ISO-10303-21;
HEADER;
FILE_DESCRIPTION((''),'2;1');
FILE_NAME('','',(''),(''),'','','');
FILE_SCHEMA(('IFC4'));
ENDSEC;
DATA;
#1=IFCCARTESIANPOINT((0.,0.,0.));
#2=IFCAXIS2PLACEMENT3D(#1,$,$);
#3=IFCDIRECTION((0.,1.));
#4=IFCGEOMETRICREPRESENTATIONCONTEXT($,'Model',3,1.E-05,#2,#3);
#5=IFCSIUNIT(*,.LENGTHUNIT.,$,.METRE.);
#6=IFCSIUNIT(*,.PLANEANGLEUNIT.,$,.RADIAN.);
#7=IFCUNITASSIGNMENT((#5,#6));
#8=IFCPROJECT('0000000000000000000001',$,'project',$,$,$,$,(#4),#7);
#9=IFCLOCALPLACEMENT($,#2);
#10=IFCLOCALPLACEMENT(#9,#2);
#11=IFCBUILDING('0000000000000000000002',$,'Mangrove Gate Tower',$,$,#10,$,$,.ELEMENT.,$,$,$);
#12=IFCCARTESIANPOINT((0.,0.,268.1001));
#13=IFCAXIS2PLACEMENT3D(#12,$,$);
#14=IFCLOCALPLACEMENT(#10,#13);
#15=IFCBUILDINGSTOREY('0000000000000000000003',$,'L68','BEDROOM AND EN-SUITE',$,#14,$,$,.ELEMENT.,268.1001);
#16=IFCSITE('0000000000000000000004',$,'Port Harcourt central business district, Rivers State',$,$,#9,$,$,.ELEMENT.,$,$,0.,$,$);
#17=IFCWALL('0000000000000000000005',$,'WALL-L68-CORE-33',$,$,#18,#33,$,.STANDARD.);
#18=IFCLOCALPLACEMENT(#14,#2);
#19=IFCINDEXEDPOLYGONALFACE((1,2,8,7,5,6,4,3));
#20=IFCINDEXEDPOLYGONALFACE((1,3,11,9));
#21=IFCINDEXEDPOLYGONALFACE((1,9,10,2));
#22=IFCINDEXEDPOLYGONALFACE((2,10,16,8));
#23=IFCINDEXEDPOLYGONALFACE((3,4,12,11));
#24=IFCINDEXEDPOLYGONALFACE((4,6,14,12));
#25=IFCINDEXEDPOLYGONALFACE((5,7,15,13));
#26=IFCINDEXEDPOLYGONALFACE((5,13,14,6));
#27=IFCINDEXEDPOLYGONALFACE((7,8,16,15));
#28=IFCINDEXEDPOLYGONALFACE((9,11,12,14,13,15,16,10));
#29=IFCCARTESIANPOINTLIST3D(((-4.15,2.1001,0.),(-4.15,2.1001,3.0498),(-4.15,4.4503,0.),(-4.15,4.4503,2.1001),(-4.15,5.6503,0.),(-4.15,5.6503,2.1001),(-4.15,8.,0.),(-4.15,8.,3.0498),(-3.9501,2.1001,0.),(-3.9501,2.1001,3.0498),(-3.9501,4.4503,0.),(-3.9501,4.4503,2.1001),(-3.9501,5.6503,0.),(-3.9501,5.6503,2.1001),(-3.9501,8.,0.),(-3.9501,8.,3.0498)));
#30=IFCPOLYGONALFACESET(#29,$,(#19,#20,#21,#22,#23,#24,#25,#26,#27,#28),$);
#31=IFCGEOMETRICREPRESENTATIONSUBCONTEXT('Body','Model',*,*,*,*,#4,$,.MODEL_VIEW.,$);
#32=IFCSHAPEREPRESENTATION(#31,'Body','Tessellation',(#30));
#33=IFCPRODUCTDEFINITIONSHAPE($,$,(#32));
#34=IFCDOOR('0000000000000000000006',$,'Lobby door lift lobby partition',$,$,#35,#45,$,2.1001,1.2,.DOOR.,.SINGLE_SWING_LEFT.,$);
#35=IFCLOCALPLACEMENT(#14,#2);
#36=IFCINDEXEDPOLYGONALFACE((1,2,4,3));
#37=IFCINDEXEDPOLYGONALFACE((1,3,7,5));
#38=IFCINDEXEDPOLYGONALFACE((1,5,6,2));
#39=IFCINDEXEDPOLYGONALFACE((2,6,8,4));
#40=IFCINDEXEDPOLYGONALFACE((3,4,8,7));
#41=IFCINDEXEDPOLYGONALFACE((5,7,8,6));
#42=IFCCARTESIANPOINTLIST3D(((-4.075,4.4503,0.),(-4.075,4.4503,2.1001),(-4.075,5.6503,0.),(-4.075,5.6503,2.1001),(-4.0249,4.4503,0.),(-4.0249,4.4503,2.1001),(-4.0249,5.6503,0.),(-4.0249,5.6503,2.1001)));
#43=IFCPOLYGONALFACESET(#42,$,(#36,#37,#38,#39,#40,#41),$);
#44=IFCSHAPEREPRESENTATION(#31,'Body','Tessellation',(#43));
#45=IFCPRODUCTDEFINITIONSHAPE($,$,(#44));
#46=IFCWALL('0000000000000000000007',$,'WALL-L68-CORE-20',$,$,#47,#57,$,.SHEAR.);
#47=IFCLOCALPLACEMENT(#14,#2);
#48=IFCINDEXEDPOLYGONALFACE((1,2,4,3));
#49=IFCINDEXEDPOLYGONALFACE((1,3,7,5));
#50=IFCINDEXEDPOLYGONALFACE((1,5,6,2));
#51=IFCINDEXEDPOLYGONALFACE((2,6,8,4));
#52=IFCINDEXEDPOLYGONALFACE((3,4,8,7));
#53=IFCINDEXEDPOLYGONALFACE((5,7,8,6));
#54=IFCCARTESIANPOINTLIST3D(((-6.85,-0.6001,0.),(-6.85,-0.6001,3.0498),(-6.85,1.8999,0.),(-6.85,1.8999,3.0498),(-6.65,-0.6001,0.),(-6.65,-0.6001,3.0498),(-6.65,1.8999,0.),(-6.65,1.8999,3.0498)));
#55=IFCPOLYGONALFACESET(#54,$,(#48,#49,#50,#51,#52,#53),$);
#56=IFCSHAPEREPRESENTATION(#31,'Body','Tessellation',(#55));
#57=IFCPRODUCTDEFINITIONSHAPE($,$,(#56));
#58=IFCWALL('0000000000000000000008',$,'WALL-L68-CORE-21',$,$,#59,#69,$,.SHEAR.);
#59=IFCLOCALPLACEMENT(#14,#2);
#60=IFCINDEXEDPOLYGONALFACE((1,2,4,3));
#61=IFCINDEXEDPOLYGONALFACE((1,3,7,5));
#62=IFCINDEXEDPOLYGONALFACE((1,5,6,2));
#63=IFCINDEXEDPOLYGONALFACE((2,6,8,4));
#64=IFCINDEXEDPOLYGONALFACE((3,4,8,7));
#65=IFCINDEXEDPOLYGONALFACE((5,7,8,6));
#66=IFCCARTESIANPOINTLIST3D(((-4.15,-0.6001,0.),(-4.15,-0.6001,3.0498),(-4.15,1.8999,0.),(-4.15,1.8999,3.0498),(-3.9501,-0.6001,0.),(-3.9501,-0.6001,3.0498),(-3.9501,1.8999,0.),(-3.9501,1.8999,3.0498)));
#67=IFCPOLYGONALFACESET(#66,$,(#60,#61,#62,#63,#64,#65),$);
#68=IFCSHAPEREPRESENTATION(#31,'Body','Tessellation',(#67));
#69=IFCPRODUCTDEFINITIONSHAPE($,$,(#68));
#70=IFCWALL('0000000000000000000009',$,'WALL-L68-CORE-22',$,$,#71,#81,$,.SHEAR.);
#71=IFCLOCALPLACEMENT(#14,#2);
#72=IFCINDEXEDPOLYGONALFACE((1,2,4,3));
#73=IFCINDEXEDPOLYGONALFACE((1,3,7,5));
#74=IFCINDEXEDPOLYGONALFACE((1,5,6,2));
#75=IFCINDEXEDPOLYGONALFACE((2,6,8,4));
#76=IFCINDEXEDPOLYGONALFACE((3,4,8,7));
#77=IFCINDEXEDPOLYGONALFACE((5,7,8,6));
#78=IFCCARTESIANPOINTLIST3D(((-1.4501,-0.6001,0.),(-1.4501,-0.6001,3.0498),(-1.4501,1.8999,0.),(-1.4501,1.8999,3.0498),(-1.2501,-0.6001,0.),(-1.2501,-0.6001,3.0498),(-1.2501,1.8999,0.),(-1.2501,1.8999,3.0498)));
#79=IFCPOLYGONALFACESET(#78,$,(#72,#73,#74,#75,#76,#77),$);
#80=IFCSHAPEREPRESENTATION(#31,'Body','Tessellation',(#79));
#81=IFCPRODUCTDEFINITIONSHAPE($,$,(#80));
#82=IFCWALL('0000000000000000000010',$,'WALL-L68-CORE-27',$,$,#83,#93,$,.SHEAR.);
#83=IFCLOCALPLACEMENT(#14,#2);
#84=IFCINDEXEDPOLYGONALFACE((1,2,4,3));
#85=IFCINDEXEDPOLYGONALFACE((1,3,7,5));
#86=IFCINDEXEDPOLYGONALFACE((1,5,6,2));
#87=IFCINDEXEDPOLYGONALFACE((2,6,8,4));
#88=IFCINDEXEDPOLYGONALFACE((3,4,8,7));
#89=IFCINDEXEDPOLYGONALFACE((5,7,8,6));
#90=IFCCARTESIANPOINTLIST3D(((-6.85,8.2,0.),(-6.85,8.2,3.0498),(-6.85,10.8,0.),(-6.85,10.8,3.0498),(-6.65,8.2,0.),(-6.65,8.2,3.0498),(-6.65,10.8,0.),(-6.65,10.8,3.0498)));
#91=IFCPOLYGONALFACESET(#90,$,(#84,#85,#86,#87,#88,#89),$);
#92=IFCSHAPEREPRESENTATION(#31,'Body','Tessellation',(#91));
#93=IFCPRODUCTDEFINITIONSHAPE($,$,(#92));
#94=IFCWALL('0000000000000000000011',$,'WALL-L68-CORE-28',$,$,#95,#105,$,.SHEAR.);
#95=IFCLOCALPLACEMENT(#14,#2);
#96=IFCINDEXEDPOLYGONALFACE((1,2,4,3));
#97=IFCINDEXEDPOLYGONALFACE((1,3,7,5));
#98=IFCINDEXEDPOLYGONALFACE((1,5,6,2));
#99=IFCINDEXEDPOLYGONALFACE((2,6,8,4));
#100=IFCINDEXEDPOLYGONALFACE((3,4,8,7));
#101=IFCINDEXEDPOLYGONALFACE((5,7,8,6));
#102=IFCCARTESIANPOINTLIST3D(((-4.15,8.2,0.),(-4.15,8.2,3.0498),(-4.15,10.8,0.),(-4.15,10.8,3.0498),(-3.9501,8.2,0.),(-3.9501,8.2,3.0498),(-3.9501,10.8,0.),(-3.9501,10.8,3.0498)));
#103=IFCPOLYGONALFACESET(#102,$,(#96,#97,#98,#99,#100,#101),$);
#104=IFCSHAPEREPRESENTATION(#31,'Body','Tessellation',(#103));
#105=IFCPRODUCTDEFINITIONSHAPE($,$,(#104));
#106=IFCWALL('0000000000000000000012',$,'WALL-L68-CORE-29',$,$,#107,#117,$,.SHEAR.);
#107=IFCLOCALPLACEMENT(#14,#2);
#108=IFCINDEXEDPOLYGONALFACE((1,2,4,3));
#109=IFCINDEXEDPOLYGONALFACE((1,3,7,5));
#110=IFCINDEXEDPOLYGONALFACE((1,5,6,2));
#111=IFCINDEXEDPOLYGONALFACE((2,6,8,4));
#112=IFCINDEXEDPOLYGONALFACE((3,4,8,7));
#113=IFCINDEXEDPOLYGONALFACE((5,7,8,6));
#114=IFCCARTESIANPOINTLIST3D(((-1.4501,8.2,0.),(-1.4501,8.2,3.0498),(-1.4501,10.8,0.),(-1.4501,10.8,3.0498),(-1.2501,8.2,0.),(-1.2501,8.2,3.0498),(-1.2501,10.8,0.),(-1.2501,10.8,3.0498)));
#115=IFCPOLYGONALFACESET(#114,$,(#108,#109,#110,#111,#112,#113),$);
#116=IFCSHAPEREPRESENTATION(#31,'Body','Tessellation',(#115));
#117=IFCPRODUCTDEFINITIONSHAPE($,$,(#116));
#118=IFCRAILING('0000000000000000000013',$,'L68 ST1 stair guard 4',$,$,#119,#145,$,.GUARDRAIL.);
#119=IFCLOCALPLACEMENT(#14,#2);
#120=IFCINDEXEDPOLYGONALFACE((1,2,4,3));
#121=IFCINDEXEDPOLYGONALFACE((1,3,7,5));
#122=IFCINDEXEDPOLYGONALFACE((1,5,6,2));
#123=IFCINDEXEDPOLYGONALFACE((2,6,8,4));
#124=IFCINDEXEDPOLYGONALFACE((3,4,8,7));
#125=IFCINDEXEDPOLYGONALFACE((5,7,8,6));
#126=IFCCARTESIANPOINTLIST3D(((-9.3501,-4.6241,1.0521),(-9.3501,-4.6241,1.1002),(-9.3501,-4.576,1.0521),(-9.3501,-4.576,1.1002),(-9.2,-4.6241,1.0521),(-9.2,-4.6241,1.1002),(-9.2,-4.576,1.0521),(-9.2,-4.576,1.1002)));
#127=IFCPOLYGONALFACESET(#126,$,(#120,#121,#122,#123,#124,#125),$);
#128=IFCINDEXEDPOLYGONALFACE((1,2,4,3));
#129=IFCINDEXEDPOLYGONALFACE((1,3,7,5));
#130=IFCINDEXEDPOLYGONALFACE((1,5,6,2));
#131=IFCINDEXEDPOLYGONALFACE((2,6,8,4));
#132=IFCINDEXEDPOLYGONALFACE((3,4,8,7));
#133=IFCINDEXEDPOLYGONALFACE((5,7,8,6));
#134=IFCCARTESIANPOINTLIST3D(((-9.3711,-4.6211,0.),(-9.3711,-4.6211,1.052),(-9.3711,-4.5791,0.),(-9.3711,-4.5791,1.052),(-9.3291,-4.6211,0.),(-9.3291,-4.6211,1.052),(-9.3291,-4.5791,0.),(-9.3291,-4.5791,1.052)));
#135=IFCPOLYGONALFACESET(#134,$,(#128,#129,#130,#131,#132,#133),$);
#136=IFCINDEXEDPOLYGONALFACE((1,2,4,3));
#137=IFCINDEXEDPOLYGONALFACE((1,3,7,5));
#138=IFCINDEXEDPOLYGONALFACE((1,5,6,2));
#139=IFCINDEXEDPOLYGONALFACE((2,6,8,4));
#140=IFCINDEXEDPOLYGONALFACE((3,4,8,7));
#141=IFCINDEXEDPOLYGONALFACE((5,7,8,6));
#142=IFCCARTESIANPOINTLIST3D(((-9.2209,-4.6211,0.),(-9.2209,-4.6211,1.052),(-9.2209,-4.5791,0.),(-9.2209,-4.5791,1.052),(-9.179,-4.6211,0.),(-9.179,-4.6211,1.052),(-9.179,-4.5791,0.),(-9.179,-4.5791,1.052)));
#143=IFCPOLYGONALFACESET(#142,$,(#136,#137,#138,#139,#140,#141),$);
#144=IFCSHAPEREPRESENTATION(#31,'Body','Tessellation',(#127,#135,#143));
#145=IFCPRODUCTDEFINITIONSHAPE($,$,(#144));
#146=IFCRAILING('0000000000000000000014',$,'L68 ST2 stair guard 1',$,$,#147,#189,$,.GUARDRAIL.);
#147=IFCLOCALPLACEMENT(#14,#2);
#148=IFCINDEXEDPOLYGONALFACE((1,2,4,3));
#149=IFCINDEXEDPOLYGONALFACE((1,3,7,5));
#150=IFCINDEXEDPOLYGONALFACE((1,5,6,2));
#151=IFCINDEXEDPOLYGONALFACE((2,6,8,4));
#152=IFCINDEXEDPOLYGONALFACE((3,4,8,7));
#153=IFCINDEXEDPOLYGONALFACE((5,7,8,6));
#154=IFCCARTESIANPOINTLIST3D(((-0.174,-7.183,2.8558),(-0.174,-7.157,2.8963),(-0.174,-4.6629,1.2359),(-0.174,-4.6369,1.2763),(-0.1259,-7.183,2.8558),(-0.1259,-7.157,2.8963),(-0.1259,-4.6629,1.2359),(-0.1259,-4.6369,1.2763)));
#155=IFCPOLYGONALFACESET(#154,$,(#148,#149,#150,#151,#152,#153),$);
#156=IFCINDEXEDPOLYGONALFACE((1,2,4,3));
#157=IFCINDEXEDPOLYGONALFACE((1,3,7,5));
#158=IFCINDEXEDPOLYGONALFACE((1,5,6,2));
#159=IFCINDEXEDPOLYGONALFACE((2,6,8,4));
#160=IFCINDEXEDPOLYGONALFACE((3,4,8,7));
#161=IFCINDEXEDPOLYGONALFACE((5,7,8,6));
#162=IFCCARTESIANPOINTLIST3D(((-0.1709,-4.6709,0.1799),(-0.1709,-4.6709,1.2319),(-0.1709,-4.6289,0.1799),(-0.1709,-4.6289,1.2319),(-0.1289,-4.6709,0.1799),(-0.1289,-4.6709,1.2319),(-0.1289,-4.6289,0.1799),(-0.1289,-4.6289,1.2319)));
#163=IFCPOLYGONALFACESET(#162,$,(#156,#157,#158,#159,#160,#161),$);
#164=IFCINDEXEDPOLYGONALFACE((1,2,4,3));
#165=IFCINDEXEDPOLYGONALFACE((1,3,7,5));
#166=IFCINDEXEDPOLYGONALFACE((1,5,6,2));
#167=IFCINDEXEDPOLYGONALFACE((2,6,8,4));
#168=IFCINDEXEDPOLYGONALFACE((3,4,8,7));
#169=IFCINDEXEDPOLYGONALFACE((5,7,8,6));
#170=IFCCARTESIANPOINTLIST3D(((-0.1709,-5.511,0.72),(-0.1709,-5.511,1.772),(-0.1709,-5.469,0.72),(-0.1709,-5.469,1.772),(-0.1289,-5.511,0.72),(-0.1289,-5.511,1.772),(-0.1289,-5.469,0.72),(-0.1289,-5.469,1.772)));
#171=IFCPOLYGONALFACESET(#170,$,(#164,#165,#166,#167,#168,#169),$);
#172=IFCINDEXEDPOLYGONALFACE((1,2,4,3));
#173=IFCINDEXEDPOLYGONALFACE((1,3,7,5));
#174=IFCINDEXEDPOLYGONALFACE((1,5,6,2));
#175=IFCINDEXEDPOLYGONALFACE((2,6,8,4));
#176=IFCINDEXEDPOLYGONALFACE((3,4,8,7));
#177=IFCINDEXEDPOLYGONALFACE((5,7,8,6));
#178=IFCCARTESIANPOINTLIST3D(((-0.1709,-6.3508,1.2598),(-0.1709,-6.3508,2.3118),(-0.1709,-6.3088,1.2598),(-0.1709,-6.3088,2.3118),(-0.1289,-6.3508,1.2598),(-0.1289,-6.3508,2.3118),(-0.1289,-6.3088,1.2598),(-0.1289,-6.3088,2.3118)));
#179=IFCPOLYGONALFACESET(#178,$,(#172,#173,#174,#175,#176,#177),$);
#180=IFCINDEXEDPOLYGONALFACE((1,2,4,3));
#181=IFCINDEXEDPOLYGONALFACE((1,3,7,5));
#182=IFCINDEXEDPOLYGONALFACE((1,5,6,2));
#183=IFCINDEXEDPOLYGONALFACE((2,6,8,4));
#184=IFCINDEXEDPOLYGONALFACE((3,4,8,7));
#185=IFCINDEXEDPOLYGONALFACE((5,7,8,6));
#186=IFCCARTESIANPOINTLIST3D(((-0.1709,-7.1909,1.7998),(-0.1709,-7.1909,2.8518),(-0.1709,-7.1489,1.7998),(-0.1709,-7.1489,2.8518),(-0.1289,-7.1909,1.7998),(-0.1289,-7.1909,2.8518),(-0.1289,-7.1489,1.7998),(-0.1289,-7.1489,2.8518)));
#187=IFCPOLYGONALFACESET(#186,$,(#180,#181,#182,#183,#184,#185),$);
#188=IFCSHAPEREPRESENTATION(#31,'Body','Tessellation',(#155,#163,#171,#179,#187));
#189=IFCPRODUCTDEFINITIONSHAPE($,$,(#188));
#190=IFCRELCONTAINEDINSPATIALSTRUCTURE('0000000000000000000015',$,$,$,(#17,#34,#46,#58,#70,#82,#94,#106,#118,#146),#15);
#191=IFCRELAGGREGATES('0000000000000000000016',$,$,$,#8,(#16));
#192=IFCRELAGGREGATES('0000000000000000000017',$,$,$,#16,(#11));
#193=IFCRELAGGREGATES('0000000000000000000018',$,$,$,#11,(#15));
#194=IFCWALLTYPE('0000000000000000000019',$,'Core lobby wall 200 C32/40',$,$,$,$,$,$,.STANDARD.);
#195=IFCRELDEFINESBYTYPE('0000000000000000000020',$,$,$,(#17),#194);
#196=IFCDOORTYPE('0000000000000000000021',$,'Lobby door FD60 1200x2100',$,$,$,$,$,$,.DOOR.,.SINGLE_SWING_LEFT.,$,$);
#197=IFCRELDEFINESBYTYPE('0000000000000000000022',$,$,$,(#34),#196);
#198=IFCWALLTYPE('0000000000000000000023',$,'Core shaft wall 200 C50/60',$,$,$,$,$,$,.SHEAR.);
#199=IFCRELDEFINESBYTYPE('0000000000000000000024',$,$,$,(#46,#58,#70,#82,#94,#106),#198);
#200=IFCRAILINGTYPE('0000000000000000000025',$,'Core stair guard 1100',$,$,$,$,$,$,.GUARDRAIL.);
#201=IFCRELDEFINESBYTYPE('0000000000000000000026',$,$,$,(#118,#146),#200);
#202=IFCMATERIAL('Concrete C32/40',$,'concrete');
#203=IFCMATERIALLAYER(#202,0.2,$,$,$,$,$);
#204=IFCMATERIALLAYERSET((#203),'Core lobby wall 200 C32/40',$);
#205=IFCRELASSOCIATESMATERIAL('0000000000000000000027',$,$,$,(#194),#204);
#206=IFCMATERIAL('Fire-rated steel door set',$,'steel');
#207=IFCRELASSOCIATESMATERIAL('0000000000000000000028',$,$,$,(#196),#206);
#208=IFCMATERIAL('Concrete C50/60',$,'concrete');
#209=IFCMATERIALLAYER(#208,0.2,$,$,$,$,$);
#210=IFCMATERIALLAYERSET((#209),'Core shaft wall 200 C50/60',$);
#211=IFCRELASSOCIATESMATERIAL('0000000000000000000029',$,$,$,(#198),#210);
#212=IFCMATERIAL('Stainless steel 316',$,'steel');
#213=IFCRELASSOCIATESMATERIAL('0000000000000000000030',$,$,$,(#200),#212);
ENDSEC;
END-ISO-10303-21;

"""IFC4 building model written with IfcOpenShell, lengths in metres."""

from ifc_helpers import new_model, si_unit, direction, frame, frame_2d, origin, origin_2d, place, context, subcontext, project, spatial, rectangle, extrude, material, layer, layer_set, type_object, element, fill, save


model = new_model("IFC4")

# Units and contexts
model_context = context("Model", 3, precision=1e-05, world=origin(), true_north=direction((0.0, 1.0)))
body_context = subcontext(model_context, "Body", "Model", "MODEL_VIEW")
ifc_project = project(units=[si_unit("LENGTHUNIT", "METRE"), si_unit("PLANEANGLEUNIT", "RADIAN")], contexts=[model_context])

# Site, building, storey
site_placement = place(None, origin())
site = spatial("IfcSite", under=ifc_project, at=site_placement, Name="Port Harcourt central business district, Rivers State", CompositionType="ELEMENT", RefElevation=0.0)
building_placement = place(site_placement, origin())
building = spatial("IfcBuilding", under=site, at=building_placement, Name="Mangrove Gate Tower", CompositionType="ELEMENT")
storey_placement = place(building_placement, frame((0.0, 0.0, 268.1001)))
storey = spatial("IfcBuildingStorey", under=building, at=storey_placement, Name="L68", Description="BEDROOM AND EN-SUITE", CompositionType="ELEMENT", Elevation=268.1001)

# Wall, opening, door
ifc_material_1 = material(Name="Concrete C32/40", Category="concrete")
ifc_layer_1 = layer(ifc_material_1, 0.2)
ifc_layer_set_1 = layer_set([ifc_layer_1], Name="Core lobby wall 200 C32/40")
wall_type_1 = type_object("IfcWallType", Name="Core lobby wall 200 C32/40", PredefinedType="STANDARD", material=ifc_layer_set_1)
wall_placement = place(storey_placement, frame((-4.05, 2.1001, 0.0), z_axis=(0.0, 0.0, 1.0), x_axis=(0.0, 1.0, 0.0)))
wall = element("IfcWall", 1, at=wall_placement, inside=storey, type_object=wall_type_1, Name="WALL-L68-CORE-33", PredefinedType="STANDARD", context=body_context, shape_type="SweptSolid", body=[
    extrude(rectangle(XDim=5.8999, YDim=0.2, at=frame_2d((2.95, 0.0))), origin(), (0.0, 0.0, 1.0), 3.0498),
])
opening_placement = place(wall_placement, frame((2.3501, 0.0, 0.0)))
opening = element("IfcOpeningElement", 2, at=opening_placement, cuts=wall, PredefinedType="OPENING", context=body_context, shape_type="SweptSolid", body=[
    extrude(rectangle(XDim=1.2, YDim=2.1001, at=frame_2d((0.6001, 1.05))), frame((0.0, 0.1099, 0.0), z_axis=(0.0, -1.0, 0.0), x_axis=(1.0, 0.0, 0.0)), (0.0, 0.0, 1.0), 0.22),
])
ifc_material_2 = material(Name="Fire-rated steel door set", Category="steel")
door_type = type_object("IfcDoorType", Name="Lobby door FD60 1200x2100", OperationType="SINGLE_SWING_LEFT", PredefinedType="DOOR", material=ifc_material_2)
door_placement = place(opening_placement, origin())
door = element("IfcDoor", 3, at=door_placement, inside=storey, type_object=door_type, Name="Lobby door lift lobby partition", OperationType="SINGLE_SWING_LEFT", OverallHeight=2.1001, OverallWidth=1.2, PredefinedType="DOOR", context=body_context, shape_type="SweptSolid", body=[
    extrude(rectangle(XDim=1.2, YDim=2.1001, at=frame_2d((0.6001, 1.05))), frame((0.0, 0.0249, 0.0), z_axis=(0.0, -1.0, 0.0), x_axis=(1.0, 0.0, 0.0)), (0.0, 0.0, 1.0), 0.05),
])
fill(opening, door)

# Walls
ifc_material_3 = material(Name="Concrete C50/60", Category="concrete")
ifc_layer_2 = layer(ifc_material_3, 0.2)
ifc_layer_set_2 = layer_set([ifc_layer_2], Name="Core shaft wall 200 C50/60")
wall_type_2 = type_object("IfcWallType", Name="Core shaft wall 200 C50/60", PredefinedType="SHEAR", material=ifc_layer_set_2)
for number, where, z_axis, x_axis, name in (
    (4, (-6.75, -0.6001, 0.0), (0.0, 0.0, 1.0), (0.0, 1.0, 0.0), "WALL-L68-CORE-20"),
    (5, (-4.05, -0.6001, 0.0), (0.0, 0.0, 1.0), (0.0, 1.0, 0.0), "WALL-L68-CORE-21"),
    (6, (-1.3501, -0.6001, 0.0), (0.0, 0.0, 1.0), (0.0, 1.0, 0.0), "WALL-L68-CORE-22"),
):
    element("IfcWall", number, at=place(storey_placement, frame(where, z_axis=z_axis, x_axis=x_axis)), inside=storey, type_object=wall_type_2, Name=name, PredefinedType="SHEAR", context=body_context, shape_type="SweptSolid", body=[
        extrude(rectangle(XDim=2.5, YDim=0.2, at=frame_2d((1.25, 0.0))), origin(), (0.0, 0.0, 1.0), 3.0498),
    ])
for number, where, z_axis, x_axis, name in (
    (7, (-6.75, 8.2, 0.0), (0.0, 0.0, 1.0), (0.0, 1.0, 0.0), "WALL-L68-CORE-27"),
    (8, (-4.05, 8.2, 0.0), (0.0, 0.0, 1.0), (0.0, 1.0, 0.0), "WALL-L68-CORE-28"),
    (9, (-1.3501, 8.2, 0.0), (0.0, 0.0, 1.0), (0.0, 1.0, 0.0), "WALL-L68-CORE-29"),
):
    element("IfcWall", number, at=place(storey_placement, frame(where, z_axis=z_axis, x_axis=x_axis)), inside=storey, type_object=wall_type_2, Name=name, PredefinedType="SHEAR", context=body_context, shape_type="SweptSolid", body=[
        extrude(rectangle(XDim=2.6001, YDim=0.2, at=frame_2d((1.3, 0.0))), origin(), (0.0, 0.0, 1.0), 3.0498),
    ])

# Railings
ifc_material_4 = material(Name="Stainless steel 316", Category="steel")
railing_type = type_object("IfcRailingType", Name="Core stair guard 1100", PredefinedType="GUARDRAIL", material=ifc_material_4)
railing_1_placement = place(storey_placement, frame((-9.3501, -4.6001, 0.0)))
element("IfcRailing", 10, at=railing_1_placement, inside=storey, type_object=railing_type, Name="L68 ST1 stair guard 4", PredefinedType="GUARDRAIL", context=body_context, shape_type="SweptSolid", body=[
    extrude(rectangle(XDim=0.0481, YDim=0.0481, at=origin_2d()), frame((0.0, 0.0, 1.0762), z_axis=(1.0, 0.0, 0.0), x_axis=(0.0, 1.0, 0.0)), (0.0, 0.0, 1.0), 0.1501),
    extrude(rectangle(XDim=0.042, YDim=0.042, at=origin_2d()), origin(), (0.0, 0.0, 1.0), 1.052),
    extrude(rectangle(XDim=0.042, YDim=0.042, at=origin_2d()), frame((0.1501, 0.0, 0.0)), (0.0, 0.0, 1.0), 1.052),
])
railing_2_placement = place(storey_placement, frame((-0.1499, -4.6499, 0.1799)))
element("IfcRailing", 11, at=railing_2_placement, inside=storey, type_object=railing_type, Name="L68 ST2 stair guard 1", PredefinedType="GUARDRAIL", context=body_context, shape_type="SweptSolid", body=[
    extrude(rectangle(XDim=0.0481, YDim=0.0481, at=origin_2d()), frame((0.0, 0.0, 1.0762), z_axis=(0.0, -0.8412, 0.540725), x_axis=(1.0, 0.0, 0.0)), (0.0, 0.0, 1.0), 2.9958),
    extrude(rectangle(XDim=0.042, YDim=0.042, at=origin_2d()), origin(), (0.0, 0.0, 1.0), 1.052),
    extrude(rectangle(XDim=0.042, YDim=0.042, at=origin_2d()), frame((0.0, -0.8401, 0.54)), (0.0, 0.0, 1.0), 1.052),
    extrude(rectangle(XDim=0.042, YDim=0.042, at=origin_2d()), frame((0.0, -1.6799, 1.0798)), (0.0, 0.0, 1.0), 1.052),
    extrude(rectangle(XDim=0.042, YDim=0.042, at=origin_2d()), frame((0.0, -2.52, 1.6199)), (0.0, 0.0, 1.0), 1.052),
])

save(model, "model.ifc")
